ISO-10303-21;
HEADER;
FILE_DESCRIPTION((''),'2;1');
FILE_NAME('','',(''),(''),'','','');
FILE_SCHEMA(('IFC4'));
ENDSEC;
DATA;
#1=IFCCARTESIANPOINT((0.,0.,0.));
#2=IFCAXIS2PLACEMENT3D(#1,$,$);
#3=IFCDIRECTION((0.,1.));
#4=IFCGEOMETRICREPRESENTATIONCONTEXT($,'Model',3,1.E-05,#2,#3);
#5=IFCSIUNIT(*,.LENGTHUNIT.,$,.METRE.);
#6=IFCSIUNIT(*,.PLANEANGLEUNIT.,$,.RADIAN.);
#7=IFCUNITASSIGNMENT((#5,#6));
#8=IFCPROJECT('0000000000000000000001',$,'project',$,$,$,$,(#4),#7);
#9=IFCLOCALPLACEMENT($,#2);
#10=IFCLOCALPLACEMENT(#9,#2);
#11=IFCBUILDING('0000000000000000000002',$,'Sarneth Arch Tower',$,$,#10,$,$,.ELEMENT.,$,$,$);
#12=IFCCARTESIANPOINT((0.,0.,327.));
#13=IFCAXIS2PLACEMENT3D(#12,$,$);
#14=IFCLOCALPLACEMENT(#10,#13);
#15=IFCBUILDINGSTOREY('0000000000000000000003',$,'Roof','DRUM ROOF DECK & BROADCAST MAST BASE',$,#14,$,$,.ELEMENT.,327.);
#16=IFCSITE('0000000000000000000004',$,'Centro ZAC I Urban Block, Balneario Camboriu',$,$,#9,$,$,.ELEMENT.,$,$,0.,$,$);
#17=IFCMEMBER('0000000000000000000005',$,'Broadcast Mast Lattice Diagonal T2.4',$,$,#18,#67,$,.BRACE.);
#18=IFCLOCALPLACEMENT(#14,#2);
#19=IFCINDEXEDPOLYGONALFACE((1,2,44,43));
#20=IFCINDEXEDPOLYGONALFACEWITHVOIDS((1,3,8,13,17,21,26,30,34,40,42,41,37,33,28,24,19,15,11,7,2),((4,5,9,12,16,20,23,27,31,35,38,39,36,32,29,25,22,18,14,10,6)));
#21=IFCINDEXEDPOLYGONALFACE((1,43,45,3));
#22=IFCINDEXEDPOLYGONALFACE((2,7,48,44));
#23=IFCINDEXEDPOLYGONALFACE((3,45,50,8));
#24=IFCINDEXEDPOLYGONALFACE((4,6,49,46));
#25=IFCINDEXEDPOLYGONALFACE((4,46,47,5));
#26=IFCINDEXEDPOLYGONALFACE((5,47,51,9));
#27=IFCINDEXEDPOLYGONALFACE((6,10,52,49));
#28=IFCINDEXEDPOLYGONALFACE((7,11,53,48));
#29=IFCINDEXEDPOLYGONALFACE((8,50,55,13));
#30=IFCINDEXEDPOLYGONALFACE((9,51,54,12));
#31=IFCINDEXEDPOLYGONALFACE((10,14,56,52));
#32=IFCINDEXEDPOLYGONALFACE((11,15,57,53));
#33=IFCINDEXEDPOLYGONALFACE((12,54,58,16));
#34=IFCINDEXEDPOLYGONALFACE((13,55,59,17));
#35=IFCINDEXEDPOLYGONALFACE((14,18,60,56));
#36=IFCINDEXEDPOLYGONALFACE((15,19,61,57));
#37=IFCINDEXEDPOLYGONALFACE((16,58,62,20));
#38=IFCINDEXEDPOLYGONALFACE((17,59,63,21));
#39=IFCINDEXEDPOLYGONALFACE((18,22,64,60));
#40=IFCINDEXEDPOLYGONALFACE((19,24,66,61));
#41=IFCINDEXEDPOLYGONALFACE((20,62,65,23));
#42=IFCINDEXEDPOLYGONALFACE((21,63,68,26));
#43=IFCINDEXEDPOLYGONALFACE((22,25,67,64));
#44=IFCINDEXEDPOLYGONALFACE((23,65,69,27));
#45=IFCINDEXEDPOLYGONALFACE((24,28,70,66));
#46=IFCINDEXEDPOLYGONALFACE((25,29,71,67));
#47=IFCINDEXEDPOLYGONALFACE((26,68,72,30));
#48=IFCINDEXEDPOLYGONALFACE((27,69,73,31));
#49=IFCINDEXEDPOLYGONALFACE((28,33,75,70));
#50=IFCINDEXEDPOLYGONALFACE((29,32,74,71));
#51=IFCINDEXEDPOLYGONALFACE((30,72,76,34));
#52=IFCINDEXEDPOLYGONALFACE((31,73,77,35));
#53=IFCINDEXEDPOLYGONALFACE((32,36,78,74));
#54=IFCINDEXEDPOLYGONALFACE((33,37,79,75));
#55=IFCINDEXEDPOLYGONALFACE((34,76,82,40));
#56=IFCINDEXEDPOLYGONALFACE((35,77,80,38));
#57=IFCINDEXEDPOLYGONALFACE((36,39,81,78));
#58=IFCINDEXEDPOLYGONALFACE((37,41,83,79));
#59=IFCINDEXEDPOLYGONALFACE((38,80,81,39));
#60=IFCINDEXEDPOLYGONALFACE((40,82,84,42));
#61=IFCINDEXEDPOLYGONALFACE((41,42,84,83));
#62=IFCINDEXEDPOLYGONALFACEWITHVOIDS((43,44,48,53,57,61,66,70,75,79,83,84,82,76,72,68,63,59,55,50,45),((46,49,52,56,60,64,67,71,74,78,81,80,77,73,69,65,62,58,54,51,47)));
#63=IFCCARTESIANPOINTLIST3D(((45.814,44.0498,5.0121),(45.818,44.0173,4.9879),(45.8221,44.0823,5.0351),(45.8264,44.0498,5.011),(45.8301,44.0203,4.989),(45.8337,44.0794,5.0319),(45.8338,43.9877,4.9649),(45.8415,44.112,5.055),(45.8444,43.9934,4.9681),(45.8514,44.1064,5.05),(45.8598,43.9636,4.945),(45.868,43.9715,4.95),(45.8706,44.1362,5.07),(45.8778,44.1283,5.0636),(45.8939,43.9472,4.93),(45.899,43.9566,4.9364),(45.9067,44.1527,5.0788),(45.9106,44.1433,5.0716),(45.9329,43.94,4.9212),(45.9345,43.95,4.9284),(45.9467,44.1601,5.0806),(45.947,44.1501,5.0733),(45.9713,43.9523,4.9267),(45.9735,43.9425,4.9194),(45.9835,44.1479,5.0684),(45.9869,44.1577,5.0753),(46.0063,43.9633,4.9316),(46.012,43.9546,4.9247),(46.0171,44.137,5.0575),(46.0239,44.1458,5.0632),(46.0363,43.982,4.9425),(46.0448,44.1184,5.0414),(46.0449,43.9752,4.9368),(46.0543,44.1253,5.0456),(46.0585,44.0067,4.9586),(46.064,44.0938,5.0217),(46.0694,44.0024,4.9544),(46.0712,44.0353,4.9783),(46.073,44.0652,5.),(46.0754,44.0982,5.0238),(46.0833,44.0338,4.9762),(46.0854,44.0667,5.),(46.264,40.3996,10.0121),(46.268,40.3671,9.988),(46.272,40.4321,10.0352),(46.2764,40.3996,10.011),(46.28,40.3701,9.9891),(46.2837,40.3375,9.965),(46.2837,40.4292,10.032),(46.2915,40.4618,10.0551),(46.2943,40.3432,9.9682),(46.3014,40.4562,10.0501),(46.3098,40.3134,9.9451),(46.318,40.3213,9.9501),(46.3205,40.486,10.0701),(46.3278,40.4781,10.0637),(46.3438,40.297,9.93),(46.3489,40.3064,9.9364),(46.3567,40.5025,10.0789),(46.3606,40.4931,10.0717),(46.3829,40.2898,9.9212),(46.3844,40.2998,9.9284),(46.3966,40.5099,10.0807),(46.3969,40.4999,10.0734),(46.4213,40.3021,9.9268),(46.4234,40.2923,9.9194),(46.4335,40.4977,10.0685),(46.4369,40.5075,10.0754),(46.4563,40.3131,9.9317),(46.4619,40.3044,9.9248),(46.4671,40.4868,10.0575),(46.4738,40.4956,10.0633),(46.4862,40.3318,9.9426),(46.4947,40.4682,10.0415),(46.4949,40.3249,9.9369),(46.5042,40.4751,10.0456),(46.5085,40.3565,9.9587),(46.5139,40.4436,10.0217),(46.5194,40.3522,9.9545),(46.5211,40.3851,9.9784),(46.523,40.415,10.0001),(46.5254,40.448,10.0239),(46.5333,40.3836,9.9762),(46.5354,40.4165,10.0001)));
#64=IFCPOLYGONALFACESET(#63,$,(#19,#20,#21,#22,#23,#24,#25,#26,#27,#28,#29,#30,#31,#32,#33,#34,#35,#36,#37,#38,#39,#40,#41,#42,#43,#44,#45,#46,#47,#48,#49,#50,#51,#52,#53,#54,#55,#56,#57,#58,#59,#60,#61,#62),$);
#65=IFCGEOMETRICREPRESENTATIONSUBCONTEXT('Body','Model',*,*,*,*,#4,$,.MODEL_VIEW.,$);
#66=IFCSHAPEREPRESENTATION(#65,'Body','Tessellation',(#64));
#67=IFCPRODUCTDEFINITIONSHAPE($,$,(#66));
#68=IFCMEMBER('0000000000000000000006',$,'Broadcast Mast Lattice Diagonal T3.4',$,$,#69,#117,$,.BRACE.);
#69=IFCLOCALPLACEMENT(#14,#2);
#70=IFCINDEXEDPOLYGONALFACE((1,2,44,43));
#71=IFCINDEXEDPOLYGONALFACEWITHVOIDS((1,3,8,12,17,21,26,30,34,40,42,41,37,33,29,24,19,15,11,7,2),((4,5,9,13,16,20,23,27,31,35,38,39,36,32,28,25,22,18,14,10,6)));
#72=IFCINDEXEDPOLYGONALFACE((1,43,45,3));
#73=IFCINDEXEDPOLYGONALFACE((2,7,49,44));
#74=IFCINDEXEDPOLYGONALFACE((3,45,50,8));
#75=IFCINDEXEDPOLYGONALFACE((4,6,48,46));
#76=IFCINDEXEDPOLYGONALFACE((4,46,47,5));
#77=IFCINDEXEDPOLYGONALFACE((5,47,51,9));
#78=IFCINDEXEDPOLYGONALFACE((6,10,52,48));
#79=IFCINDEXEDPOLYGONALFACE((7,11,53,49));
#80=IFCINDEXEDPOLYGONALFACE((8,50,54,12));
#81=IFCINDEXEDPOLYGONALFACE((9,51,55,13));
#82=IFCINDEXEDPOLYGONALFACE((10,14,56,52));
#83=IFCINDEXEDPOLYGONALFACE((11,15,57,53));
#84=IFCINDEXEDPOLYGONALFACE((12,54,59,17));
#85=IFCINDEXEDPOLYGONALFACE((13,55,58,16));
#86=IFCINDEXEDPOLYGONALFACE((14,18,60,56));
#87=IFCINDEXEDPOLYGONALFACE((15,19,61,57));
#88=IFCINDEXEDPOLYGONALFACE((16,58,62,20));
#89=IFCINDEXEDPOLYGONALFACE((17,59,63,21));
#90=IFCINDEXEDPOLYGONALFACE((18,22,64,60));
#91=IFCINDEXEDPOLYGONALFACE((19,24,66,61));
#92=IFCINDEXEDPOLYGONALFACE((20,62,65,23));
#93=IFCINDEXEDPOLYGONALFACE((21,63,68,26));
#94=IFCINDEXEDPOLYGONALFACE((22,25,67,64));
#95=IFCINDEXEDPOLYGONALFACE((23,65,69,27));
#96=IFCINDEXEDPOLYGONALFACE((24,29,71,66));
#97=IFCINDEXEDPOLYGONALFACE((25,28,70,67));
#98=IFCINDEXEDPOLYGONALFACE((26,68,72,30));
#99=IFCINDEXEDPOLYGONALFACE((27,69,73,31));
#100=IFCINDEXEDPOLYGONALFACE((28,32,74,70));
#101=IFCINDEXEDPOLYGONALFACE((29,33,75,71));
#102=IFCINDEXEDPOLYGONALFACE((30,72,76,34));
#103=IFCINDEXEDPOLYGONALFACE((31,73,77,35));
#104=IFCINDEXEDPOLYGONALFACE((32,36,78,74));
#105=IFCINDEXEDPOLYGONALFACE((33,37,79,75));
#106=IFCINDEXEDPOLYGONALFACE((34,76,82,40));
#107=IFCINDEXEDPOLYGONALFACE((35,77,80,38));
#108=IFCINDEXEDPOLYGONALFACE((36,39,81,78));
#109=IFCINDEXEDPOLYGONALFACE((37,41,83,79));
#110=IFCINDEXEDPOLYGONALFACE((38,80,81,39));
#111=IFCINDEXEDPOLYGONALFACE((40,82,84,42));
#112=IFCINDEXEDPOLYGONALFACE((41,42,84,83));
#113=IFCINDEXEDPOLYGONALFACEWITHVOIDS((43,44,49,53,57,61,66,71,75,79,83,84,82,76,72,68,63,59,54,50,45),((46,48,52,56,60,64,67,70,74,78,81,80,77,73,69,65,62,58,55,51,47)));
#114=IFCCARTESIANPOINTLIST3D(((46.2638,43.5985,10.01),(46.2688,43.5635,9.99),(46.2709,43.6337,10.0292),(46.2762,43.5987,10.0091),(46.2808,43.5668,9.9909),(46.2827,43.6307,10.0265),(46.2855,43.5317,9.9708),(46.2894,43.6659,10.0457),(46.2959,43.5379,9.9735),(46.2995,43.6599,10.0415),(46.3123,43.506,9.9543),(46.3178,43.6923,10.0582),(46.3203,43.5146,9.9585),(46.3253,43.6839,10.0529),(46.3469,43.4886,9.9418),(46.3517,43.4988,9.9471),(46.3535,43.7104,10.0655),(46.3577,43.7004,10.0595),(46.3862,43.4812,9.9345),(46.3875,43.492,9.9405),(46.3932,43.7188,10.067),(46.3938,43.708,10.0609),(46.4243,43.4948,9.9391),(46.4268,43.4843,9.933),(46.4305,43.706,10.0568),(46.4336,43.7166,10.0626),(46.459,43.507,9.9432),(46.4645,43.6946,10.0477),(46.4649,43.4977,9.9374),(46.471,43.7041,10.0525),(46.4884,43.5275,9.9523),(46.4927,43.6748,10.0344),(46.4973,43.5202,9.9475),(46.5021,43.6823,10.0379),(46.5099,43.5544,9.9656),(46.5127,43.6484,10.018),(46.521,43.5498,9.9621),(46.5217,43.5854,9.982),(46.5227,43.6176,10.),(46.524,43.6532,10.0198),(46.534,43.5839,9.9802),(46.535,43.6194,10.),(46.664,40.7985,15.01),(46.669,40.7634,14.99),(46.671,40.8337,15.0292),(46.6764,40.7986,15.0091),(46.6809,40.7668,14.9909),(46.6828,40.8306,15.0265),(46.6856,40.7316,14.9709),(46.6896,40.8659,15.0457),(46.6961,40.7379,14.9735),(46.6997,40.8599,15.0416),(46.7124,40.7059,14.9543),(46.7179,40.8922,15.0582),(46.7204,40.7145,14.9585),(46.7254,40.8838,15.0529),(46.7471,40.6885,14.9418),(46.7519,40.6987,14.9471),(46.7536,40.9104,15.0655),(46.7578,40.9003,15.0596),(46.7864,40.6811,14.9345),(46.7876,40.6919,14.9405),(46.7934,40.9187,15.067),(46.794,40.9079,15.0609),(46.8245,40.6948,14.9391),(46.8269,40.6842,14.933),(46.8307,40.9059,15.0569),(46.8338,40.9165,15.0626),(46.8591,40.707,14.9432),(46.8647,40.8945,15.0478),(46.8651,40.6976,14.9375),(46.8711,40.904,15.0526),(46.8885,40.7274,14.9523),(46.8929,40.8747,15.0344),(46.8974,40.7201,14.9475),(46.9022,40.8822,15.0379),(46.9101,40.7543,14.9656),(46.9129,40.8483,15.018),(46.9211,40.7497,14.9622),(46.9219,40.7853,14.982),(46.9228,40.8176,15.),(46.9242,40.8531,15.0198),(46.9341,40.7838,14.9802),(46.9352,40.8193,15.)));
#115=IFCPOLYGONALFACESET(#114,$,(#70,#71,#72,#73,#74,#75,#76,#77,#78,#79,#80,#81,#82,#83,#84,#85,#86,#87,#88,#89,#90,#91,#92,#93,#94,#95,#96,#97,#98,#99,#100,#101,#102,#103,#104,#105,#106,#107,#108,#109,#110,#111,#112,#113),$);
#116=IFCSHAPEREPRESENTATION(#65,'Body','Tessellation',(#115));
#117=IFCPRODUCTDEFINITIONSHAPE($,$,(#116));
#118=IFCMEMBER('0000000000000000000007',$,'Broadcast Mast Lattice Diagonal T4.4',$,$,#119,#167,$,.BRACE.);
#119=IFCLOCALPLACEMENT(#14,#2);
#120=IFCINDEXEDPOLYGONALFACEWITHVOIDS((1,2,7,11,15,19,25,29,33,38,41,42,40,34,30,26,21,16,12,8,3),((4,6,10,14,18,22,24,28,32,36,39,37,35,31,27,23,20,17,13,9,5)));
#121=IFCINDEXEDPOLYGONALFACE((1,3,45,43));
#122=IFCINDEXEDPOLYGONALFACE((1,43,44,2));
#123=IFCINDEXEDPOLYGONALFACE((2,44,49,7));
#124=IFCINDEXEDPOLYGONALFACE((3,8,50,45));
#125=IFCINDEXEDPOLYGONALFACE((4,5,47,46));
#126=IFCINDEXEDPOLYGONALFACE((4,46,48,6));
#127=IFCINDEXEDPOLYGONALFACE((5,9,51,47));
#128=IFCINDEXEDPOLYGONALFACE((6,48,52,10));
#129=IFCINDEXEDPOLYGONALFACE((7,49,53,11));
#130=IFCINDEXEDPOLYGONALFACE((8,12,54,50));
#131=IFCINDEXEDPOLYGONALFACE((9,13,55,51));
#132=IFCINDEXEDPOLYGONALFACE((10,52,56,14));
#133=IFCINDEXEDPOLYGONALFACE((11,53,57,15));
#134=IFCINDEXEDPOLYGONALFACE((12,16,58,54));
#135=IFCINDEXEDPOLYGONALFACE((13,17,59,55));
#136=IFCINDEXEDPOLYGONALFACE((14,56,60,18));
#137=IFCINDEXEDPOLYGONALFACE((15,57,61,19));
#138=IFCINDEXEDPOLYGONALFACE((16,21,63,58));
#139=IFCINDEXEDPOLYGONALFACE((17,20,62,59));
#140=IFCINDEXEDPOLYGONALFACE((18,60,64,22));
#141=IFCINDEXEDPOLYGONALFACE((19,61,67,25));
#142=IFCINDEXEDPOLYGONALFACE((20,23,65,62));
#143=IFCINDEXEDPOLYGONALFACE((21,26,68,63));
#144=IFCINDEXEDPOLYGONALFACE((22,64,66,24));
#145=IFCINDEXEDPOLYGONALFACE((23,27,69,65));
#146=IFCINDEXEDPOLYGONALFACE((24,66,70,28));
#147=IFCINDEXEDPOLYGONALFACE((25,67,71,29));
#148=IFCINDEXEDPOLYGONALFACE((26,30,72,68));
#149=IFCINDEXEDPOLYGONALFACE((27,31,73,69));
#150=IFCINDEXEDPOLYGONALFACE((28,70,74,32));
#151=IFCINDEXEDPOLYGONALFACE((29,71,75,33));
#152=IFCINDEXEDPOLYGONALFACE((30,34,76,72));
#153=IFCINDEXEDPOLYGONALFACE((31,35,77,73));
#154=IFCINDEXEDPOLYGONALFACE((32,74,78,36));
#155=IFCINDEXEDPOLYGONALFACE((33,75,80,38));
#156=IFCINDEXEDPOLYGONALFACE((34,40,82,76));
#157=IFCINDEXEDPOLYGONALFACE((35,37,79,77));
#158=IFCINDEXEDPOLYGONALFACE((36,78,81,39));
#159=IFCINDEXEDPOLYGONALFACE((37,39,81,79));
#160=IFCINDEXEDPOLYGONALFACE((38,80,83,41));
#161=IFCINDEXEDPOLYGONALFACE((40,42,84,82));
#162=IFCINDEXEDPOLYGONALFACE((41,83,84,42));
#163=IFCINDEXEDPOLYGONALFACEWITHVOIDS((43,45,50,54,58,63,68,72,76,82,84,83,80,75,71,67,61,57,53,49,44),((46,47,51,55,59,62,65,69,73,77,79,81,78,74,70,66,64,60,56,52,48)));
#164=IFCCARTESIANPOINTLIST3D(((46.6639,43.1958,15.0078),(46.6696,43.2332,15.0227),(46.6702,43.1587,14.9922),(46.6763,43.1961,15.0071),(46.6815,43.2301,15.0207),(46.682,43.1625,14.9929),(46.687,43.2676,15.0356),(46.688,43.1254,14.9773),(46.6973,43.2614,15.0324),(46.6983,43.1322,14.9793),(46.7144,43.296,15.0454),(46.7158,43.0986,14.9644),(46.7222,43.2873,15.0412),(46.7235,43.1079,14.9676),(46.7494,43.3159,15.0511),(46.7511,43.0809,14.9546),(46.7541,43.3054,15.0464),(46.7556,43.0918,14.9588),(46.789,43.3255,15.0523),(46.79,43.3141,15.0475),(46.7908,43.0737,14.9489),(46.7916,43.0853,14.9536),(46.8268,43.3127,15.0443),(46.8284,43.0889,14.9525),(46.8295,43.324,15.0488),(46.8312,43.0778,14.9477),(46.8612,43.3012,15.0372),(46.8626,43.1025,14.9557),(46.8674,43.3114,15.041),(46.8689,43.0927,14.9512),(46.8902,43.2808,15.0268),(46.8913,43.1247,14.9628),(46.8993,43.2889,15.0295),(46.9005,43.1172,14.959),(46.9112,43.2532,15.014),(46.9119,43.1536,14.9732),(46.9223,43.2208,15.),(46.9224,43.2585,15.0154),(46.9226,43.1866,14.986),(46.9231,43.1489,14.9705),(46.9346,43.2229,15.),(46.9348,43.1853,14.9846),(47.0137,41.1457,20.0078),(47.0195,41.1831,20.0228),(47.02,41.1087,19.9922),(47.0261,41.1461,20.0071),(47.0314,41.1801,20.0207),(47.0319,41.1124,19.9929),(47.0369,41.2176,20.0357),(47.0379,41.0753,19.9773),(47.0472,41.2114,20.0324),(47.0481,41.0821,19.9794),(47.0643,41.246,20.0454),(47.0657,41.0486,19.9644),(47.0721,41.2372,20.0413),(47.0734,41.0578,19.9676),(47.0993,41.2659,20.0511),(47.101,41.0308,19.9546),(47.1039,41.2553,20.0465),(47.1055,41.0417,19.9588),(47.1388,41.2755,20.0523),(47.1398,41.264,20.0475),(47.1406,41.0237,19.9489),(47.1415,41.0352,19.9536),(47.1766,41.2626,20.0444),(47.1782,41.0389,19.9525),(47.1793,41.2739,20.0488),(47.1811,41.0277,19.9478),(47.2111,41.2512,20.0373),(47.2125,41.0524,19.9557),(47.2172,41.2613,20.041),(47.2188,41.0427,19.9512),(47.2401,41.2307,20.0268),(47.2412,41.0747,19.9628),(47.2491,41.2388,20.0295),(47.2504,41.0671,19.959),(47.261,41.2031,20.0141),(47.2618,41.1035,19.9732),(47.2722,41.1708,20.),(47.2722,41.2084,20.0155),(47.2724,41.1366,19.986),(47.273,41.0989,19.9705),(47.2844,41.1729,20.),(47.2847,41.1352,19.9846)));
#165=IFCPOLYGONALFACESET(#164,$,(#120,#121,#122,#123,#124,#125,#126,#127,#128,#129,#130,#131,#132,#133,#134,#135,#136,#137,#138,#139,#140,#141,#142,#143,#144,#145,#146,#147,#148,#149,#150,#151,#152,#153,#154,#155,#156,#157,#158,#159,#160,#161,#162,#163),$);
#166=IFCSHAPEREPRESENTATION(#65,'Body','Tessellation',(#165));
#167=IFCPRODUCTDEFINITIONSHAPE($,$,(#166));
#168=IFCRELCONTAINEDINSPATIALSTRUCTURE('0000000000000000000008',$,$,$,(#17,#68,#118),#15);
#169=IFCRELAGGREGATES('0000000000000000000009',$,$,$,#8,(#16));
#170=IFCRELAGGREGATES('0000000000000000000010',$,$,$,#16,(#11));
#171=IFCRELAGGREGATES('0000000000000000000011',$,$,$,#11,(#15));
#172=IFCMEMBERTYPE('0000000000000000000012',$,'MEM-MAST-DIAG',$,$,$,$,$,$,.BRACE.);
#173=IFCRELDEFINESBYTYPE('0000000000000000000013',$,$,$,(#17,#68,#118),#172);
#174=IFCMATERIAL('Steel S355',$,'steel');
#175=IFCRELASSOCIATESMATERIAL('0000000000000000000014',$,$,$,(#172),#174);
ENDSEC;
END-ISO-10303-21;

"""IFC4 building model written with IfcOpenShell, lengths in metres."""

from ifc_helpers import new_model, si_unit, direction, frame, origin, origin_2d, place, context, subcontext, project, spatial, hollow_circle, extrude, material, material_profile, profile_set, type_object, element, save


model = new_model("IFC4")

# Units and contexts
model_context = context("Model", 3, precision=1e-05, world=origin(), true_north=direction((0.0, 1.0)))
body_context = subcontext(model_context, "Body", "Model", "MODEL_VIEW")
ifc_project = project(units=[si_unit("LENGTHUNIT", "METRE"), si_unit("PLANEANGLEUNIT", "RADIAN")], contexts=[model_context])

# Site, building, storey
site_placement = place(None, origin())
site = spatial("IfcSite", under=ifc_project, at=site_placement, Name="Centro ZAC I Urban Block, Balneario Camboriu", CompositionType="ELEMENT", RefElevation=0.0)
building_placement = place(site_placement, origin())
building = spatial("IfcBuilding", under=site, at=building_placement, Name="Sarneth Arch Tower", CompositionType="ELEMENT")
storey_placement = place(building_placement, frame((0.0, 0.0, 327.0)))
storey = spatial("IfcBuildingStorey", under=building, at=storey_placement, Name="Roof", Description="DRUM ROOF DECK & BROADCAST MAST BASE", CompositionType="ELEMENT", Elevation=327.0)

# Members
ifc_material_1 = material(Name="Steel S355", Category="steel")
ifc_material_profile_1 = material_profile(ifc_material_1, hollow_circle(Radius=0.1365, WallThickness=0.0125, at=origin_2d()), Name="CHS273x12.5")
ifc_profile_set_1 = profile_set([ifc_material_profile_1], Name="Steel S355")
member_type_1 = type_object("IfcMemberType", Name="MEM-MAST-DIAG", PredefinedType="BRACE", material=ifc_profile_set_1)
member_1_placement = place(storey_placement, frame((45.95, 44.05, 5.0), z_axis=(0.072492, -0.588076, 0.805551), x_axis=(0.992488, 0.122343, 0.0)))
element("IfcMember", 1, at=member_1_placement, inside=storey, type_object=member_type_1, Name="Broadcast Mast Lattice Diagonal T2.4", PredefinedType="BRACE", context=body_context, shape_type="SweptSolid", body=[
    extrude(hollow_circle(Radius=0.1365, WallThickness=0.0125, at=origin_2d()), origin(), (0.0, 0.0, 1.0), 6.207),
])
member_2_placement = place(storey_placement, frame((46.3999, 43.6001, 10.0), z_axis=(0.069656, -0.487423, 0.870383), x_axis=(0.989943, 0.14147, 0.0)))
element("IfcMember", 2, at=member_2_placement, inside=storey, type_object=member_type_1, Name="Broadcast Mast Lattice Diagonal T3.4", PredefinedType="BRACE", context=body_context, shape_type="SweptSolid", body=[
    extrude(hollow_circle(Radius=0.1365, WallThickness=0.0125, at=origin_2d()), origin(), (0.0, 0.0, 1.0), 5.7446),
])
member_3_placement = place(storey_placement, frame((46.8, 43.2, 15.0), z_axis=(0.064605, -0.378568, 0.923316), x_axis=(0.985749, 0.168224, 0.0)))
element("IfcMember", 3, at=member_3_placement, inside=storey, type_object=member_type_1, Name="Broadcast Mast Lattice Diagonal T4.4", PredefinedType="BRACE", context=body_context, shape_type="SweptSolid", body=[
    extrude(hollow_circle(Radius=0.1365, WallThickness=0.0125, at=origin_2d()), origin(), (0.0, 0.0, 1.0), 5.4153),
])

save(model, "model.ifc")
